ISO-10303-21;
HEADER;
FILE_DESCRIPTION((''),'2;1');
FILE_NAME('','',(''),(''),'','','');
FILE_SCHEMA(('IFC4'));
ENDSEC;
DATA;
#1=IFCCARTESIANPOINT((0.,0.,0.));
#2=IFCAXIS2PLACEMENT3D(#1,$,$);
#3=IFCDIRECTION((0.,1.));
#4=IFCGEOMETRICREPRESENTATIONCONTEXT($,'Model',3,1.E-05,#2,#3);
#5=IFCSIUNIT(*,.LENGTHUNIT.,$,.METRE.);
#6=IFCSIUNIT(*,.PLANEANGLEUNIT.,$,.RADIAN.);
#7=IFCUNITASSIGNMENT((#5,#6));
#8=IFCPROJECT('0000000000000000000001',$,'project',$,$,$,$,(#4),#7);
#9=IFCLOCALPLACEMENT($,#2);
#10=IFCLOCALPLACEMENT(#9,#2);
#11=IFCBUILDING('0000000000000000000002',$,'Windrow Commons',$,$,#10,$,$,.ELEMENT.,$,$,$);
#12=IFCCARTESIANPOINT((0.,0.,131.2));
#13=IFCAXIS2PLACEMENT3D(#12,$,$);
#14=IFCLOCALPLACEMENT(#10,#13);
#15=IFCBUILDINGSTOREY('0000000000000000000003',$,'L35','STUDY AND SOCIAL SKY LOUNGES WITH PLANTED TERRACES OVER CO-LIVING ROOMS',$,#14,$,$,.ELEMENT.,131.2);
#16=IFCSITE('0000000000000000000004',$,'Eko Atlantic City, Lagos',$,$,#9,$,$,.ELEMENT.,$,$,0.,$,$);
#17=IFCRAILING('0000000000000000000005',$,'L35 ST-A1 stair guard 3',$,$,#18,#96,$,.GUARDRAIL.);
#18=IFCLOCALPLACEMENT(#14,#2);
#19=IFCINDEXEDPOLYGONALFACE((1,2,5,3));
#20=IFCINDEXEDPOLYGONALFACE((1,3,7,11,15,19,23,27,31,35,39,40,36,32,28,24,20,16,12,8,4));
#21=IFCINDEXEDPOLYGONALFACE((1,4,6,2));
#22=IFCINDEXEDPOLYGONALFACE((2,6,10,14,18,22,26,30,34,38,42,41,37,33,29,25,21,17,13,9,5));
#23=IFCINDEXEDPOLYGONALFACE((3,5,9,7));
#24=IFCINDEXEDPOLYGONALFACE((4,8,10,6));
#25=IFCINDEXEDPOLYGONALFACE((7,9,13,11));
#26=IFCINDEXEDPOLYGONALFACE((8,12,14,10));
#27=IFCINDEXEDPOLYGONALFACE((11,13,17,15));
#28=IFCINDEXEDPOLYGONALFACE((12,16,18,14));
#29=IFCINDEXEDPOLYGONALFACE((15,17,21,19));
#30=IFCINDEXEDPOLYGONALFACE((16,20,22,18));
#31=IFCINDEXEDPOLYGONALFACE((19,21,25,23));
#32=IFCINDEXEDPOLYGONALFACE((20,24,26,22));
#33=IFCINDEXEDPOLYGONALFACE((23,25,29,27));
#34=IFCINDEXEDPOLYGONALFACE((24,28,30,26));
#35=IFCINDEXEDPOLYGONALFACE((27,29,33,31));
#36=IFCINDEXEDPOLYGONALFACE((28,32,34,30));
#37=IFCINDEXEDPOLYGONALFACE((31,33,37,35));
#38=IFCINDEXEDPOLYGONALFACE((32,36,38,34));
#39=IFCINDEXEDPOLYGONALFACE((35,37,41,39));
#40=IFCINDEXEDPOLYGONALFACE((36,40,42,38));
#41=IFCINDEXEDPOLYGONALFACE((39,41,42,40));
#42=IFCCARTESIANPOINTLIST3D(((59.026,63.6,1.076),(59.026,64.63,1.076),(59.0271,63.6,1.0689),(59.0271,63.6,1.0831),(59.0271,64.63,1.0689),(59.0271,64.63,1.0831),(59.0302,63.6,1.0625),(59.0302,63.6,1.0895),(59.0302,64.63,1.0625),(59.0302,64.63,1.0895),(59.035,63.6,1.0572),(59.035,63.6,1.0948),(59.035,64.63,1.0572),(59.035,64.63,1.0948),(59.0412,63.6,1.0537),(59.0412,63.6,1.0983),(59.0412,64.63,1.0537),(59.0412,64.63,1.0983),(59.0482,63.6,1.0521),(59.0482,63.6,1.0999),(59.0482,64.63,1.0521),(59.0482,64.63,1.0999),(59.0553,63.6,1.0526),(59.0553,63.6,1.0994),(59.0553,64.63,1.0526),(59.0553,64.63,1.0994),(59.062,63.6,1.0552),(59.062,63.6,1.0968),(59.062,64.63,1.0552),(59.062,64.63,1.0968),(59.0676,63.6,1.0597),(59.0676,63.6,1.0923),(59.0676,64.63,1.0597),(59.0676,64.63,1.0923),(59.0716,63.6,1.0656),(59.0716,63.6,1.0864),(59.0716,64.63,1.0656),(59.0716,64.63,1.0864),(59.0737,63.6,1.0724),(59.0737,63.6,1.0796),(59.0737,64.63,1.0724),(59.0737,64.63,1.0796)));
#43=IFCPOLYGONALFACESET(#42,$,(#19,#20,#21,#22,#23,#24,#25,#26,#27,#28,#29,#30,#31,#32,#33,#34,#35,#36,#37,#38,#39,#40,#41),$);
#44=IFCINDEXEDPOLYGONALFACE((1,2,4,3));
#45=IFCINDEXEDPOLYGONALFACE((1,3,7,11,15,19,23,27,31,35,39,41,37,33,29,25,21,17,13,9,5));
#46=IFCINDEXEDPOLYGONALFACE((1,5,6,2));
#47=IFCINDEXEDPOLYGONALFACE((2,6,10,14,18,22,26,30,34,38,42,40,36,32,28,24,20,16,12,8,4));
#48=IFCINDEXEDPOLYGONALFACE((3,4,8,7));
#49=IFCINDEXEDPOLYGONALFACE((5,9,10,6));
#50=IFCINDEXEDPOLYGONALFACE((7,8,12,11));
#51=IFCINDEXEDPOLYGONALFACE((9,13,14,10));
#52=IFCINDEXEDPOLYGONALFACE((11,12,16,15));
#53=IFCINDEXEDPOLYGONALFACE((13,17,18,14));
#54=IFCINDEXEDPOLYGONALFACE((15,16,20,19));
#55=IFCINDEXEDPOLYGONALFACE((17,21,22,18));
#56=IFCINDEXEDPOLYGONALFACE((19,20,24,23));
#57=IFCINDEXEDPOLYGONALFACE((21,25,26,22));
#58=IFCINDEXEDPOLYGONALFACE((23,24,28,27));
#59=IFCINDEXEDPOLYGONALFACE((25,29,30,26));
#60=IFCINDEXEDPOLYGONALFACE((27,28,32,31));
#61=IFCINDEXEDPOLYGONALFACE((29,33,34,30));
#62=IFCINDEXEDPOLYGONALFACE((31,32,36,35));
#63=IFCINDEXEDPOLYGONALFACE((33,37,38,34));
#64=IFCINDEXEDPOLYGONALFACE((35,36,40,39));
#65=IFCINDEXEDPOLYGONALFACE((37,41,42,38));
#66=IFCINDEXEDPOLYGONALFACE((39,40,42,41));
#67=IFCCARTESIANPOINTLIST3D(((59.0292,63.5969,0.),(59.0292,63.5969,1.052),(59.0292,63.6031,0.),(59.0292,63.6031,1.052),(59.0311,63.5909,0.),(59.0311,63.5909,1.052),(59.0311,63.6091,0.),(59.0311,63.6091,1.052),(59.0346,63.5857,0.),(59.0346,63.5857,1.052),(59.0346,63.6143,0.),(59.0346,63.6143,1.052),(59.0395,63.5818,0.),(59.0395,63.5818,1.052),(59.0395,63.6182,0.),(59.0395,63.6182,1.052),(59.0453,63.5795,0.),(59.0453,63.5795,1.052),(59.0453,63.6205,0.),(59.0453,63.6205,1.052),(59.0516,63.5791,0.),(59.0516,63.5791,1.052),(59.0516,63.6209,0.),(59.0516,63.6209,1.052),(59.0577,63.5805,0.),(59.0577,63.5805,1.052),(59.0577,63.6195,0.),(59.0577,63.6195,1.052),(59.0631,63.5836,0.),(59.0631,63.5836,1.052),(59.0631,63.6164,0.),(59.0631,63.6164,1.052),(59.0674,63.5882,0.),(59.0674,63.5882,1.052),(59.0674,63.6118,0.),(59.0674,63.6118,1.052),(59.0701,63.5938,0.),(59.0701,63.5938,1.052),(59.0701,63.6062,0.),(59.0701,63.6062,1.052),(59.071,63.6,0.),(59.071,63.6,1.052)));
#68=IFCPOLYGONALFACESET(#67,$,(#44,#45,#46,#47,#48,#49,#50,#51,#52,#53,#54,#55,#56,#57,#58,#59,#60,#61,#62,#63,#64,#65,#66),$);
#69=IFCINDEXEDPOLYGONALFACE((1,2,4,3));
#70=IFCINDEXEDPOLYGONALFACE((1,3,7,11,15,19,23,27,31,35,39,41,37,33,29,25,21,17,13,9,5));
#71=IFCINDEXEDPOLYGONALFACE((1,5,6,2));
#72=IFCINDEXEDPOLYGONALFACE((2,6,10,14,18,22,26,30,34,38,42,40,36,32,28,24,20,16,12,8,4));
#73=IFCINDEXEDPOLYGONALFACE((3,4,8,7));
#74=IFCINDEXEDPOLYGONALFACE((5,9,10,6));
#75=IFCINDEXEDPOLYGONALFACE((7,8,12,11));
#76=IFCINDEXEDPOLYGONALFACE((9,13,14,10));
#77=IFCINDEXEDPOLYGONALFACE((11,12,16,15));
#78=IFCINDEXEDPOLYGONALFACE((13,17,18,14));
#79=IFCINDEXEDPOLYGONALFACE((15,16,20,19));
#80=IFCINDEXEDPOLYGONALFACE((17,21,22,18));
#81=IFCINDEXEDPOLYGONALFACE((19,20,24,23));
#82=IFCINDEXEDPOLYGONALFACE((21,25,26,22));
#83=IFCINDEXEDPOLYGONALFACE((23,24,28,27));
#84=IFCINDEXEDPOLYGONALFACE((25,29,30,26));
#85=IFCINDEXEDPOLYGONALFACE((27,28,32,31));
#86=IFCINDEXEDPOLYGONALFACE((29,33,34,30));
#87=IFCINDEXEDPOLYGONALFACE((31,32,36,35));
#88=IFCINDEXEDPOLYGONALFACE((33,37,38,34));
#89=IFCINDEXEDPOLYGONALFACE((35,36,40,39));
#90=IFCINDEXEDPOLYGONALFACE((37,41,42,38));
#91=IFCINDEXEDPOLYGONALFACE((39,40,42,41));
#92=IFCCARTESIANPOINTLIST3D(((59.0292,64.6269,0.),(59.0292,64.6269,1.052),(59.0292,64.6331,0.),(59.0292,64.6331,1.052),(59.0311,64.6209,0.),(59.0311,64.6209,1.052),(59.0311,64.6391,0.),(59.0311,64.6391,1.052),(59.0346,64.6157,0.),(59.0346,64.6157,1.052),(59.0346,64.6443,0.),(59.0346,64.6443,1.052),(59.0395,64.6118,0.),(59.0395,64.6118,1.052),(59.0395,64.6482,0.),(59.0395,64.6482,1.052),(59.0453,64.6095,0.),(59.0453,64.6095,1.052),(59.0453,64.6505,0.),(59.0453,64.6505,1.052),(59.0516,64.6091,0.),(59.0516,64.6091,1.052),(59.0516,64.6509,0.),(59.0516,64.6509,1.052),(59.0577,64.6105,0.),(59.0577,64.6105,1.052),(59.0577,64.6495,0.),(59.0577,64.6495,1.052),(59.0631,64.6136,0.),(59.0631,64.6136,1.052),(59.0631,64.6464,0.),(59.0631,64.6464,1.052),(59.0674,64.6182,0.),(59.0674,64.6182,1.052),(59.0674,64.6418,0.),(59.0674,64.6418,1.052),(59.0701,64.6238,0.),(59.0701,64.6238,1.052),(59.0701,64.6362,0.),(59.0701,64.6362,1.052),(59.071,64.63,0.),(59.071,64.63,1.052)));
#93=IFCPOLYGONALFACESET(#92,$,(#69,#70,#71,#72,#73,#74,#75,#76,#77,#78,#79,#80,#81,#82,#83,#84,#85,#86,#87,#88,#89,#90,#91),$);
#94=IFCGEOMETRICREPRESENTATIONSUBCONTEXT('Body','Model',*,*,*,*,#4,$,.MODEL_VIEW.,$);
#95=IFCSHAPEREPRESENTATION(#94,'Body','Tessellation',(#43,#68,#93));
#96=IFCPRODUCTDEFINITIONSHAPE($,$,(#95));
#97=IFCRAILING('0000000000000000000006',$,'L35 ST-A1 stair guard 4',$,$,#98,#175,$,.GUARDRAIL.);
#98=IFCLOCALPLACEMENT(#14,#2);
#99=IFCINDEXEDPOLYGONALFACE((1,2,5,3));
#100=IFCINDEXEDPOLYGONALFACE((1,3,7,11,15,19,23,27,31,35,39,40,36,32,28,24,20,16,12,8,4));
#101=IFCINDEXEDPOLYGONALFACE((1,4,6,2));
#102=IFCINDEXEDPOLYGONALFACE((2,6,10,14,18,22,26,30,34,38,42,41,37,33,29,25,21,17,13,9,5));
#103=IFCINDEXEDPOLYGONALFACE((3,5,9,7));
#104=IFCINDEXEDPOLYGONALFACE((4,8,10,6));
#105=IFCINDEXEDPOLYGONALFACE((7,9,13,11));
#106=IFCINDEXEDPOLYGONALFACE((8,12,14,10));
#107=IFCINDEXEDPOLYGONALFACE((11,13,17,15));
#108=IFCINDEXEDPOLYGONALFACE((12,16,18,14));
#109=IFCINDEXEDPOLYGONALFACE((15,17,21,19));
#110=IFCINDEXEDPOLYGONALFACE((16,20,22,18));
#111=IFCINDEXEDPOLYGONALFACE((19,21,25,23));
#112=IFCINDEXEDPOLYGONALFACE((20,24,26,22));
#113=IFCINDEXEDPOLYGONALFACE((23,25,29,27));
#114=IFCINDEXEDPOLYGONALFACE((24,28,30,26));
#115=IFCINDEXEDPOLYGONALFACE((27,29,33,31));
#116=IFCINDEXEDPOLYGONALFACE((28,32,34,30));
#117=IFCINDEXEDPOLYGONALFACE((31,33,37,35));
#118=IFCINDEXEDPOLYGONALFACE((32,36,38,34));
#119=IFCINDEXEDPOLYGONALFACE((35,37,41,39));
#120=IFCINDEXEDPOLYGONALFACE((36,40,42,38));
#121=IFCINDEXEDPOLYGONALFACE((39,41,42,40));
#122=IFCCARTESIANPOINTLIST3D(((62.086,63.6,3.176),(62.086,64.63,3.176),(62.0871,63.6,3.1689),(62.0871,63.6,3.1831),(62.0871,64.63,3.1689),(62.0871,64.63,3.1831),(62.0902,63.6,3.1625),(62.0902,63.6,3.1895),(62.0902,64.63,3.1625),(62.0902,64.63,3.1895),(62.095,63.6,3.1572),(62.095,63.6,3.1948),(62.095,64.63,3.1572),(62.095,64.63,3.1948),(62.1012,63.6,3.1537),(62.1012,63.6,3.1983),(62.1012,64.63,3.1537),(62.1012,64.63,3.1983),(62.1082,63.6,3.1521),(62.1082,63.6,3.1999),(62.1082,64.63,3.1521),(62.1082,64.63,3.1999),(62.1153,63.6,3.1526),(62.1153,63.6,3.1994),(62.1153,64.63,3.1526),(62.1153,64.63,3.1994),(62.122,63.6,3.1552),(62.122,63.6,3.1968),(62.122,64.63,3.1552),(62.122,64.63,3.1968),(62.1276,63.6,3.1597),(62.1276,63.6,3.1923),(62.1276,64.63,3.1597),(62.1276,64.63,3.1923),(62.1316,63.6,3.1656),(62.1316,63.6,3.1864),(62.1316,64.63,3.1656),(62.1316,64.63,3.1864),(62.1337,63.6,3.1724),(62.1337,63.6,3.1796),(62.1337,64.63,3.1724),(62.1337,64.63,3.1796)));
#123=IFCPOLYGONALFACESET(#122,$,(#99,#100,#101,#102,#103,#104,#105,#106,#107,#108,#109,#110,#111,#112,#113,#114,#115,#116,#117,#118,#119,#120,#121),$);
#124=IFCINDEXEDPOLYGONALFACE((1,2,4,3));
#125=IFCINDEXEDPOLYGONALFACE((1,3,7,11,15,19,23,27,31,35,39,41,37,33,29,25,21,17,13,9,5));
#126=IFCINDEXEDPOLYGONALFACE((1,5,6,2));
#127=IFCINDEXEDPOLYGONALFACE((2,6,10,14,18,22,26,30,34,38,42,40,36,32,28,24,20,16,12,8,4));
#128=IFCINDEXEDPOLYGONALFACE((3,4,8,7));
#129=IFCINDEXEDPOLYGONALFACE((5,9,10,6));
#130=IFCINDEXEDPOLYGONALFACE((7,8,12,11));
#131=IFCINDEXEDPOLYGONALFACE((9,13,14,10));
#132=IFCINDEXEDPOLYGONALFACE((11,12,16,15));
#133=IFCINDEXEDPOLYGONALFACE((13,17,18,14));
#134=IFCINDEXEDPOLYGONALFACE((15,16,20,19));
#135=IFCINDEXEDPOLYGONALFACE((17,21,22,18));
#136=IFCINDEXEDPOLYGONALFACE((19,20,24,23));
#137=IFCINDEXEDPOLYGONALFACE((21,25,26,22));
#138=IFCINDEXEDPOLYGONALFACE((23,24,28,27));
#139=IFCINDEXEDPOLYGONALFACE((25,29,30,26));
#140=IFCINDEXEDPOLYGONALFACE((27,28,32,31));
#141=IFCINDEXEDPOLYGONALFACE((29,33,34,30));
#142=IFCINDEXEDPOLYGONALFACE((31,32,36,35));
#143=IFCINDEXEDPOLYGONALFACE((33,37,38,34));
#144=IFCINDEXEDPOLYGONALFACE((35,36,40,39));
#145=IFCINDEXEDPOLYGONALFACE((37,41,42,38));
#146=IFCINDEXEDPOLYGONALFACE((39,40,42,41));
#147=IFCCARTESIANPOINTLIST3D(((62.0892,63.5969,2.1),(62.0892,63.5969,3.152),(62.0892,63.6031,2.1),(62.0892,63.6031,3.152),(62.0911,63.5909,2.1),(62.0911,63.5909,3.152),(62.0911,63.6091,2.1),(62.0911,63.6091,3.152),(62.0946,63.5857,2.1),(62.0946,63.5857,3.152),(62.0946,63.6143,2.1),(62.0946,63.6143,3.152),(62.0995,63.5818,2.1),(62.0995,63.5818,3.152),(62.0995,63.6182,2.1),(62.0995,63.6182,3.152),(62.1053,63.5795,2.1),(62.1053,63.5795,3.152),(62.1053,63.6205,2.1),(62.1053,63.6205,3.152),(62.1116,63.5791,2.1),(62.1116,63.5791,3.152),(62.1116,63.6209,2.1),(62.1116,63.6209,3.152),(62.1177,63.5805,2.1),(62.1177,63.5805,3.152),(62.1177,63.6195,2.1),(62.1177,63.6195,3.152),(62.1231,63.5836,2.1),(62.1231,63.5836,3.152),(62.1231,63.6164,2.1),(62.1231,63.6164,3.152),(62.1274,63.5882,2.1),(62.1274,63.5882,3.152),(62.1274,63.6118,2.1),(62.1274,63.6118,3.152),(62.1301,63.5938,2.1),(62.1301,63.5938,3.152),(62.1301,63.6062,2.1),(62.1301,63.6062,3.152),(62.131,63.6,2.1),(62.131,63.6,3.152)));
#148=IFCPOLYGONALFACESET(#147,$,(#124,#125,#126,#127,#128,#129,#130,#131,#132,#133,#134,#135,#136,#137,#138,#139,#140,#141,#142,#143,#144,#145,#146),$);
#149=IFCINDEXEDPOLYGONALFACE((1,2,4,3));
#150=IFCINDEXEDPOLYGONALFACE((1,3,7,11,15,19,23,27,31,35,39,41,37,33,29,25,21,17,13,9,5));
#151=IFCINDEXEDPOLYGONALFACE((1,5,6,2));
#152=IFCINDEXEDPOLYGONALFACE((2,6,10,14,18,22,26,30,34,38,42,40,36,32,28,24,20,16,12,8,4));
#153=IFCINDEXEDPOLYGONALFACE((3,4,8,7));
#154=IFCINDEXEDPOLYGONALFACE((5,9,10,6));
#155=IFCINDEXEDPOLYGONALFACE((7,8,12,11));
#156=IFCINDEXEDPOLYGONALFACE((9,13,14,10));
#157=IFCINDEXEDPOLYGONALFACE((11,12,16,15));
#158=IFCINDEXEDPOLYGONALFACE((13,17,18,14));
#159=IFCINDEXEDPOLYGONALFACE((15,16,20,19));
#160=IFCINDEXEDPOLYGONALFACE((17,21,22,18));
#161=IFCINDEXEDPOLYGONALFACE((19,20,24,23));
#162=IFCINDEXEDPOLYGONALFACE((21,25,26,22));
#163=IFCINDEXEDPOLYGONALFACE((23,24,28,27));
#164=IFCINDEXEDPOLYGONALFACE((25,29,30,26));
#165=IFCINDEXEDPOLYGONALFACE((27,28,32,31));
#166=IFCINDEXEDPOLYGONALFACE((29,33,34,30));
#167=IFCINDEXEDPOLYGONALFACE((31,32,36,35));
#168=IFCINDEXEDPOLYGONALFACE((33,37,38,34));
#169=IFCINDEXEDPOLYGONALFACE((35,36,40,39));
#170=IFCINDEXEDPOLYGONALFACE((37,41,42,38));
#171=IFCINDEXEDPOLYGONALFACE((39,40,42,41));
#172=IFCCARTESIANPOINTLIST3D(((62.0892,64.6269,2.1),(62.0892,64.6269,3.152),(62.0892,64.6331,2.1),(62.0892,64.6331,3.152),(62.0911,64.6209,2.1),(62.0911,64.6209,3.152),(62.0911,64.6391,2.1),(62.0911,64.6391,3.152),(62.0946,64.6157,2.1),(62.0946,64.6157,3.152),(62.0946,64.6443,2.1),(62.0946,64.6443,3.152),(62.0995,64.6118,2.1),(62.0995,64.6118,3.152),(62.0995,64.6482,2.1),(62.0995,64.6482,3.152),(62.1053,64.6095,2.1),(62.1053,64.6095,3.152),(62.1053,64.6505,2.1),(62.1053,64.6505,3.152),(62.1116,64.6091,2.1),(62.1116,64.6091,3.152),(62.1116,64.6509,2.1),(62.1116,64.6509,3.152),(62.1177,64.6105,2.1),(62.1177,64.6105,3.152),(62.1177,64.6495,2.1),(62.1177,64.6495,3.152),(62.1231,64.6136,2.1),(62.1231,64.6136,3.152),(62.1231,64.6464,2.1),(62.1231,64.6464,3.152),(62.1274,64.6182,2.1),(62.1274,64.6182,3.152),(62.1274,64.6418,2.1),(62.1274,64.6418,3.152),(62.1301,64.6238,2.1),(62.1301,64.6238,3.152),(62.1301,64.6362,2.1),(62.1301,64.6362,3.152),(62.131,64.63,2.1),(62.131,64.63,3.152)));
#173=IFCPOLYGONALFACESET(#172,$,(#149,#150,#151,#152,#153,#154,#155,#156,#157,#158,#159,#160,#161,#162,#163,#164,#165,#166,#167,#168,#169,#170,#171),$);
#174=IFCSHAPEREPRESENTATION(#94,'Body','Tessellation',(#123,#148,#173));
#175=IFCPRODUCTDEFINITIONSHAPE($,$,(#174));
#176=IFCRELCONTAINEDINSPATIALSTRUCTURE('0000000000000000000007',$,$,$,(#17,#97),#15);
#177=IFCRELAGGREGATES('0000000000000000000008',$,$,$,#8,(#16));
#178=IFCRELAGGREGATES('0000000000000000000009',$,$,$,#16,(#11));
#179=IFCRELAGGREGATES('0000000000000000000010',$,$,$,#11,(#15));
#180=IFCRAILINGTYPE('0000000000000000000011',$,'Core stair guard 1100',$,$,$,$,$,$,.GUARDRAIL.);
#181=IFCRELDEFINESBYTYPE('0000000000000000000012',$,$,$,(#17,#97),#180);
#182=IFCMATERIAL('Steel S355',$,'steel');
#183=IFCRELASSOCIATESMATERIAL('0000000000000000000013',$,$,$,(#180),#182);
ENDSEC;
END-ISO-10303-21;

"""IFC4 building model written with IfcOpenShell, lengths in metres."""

from ifc_helpers import new_model, si_unit, direction, frame, origin, origin_2d, place, context, subcontext, project, spatial, circle, extrude, material, type_object, element, save


model = new_model("IFC4")

# Units and contexts
model_context = context("Model", 3, precision=1e-05, world=origin(), true_north=direction((0.0, 1.0)))
body_context = subcontext(model_context, "Body", "Model", "MODEL_VIEW")
ifc_project = project(units=[si_unit("LENGTHUNIT", "METRE"), si_unit("PLANEANGLEUNIT", "RADIAN")], contexts=[model_context])

# Site, building, storey
site_placement = place(None, origin())
site = spatial("IfcSite", under=ifc_project, at=site_placement, Name="Eko Atlantic City, Lagos", CompositionType="ELEMENT", RefElevation=0.0)
building_placement = place(site_placement, origin())
building = spatial("IfcBuilding", under=site, at=building_placement, Name="Windrow Commons", CompositionType="ELEMENT")
storey_placement = place(building_placement, frame((0.0, 0.0, 131.2)))
storey = spatial("IfcBuildingStorey", under=building, at=storey_placement, Name="L35", Description="STUDY AND SOCIAL SKY LOUNGES WITH PLANTED TERRACES OVER CO-LIVING ROOMS", CompositionType="ELEMENT", Elevation=131.2)

# Railings
ifc_material_1 = material(Name="Steel S355", Category="steel")
railing_type_1 = type_object("IfcRailingType", Name="Core stair guard 1100", PredefinedType="GUARDRAIL", material=ifc_material_1)
for number, where, name in (
    (1, (59.05, 63.6, 0.0), "L35 ST-A1 stair guard 3"),
    (2, (62.11, 63.6, 2.1), "L35 ST-A1 stair guard 4"),
):
    element("IfcRailing", number, at=place(storey_placement, frame(where)), inside=storey, type_object=railing_type_1, Name=name, PredefinedType="GUARDRAIL", context=body_context, shape_type="SweptSolid", body=[
        extrude(circle(Radius=0.024, at=origin_2d()), frame((0.0, 0.0, 1.076), z_axis=(0.0, 1.0, 0.0), x_axis=(-1.0, 0.0, 0.0)), (0.0, 0.0, 1.0), 1.03),
        extrude(circle(Radius=0.021, at=origin_2d()), origin(), (0.0, 0.0, 1.0), 1.052),
        extrude(circle(Radius=0.021, at=origin_2d()), frame((0.0, 1.03, 0.0)), (0.0, 0.0, 1.0), 1.052),
    ])

save(model, "model.ifc")
